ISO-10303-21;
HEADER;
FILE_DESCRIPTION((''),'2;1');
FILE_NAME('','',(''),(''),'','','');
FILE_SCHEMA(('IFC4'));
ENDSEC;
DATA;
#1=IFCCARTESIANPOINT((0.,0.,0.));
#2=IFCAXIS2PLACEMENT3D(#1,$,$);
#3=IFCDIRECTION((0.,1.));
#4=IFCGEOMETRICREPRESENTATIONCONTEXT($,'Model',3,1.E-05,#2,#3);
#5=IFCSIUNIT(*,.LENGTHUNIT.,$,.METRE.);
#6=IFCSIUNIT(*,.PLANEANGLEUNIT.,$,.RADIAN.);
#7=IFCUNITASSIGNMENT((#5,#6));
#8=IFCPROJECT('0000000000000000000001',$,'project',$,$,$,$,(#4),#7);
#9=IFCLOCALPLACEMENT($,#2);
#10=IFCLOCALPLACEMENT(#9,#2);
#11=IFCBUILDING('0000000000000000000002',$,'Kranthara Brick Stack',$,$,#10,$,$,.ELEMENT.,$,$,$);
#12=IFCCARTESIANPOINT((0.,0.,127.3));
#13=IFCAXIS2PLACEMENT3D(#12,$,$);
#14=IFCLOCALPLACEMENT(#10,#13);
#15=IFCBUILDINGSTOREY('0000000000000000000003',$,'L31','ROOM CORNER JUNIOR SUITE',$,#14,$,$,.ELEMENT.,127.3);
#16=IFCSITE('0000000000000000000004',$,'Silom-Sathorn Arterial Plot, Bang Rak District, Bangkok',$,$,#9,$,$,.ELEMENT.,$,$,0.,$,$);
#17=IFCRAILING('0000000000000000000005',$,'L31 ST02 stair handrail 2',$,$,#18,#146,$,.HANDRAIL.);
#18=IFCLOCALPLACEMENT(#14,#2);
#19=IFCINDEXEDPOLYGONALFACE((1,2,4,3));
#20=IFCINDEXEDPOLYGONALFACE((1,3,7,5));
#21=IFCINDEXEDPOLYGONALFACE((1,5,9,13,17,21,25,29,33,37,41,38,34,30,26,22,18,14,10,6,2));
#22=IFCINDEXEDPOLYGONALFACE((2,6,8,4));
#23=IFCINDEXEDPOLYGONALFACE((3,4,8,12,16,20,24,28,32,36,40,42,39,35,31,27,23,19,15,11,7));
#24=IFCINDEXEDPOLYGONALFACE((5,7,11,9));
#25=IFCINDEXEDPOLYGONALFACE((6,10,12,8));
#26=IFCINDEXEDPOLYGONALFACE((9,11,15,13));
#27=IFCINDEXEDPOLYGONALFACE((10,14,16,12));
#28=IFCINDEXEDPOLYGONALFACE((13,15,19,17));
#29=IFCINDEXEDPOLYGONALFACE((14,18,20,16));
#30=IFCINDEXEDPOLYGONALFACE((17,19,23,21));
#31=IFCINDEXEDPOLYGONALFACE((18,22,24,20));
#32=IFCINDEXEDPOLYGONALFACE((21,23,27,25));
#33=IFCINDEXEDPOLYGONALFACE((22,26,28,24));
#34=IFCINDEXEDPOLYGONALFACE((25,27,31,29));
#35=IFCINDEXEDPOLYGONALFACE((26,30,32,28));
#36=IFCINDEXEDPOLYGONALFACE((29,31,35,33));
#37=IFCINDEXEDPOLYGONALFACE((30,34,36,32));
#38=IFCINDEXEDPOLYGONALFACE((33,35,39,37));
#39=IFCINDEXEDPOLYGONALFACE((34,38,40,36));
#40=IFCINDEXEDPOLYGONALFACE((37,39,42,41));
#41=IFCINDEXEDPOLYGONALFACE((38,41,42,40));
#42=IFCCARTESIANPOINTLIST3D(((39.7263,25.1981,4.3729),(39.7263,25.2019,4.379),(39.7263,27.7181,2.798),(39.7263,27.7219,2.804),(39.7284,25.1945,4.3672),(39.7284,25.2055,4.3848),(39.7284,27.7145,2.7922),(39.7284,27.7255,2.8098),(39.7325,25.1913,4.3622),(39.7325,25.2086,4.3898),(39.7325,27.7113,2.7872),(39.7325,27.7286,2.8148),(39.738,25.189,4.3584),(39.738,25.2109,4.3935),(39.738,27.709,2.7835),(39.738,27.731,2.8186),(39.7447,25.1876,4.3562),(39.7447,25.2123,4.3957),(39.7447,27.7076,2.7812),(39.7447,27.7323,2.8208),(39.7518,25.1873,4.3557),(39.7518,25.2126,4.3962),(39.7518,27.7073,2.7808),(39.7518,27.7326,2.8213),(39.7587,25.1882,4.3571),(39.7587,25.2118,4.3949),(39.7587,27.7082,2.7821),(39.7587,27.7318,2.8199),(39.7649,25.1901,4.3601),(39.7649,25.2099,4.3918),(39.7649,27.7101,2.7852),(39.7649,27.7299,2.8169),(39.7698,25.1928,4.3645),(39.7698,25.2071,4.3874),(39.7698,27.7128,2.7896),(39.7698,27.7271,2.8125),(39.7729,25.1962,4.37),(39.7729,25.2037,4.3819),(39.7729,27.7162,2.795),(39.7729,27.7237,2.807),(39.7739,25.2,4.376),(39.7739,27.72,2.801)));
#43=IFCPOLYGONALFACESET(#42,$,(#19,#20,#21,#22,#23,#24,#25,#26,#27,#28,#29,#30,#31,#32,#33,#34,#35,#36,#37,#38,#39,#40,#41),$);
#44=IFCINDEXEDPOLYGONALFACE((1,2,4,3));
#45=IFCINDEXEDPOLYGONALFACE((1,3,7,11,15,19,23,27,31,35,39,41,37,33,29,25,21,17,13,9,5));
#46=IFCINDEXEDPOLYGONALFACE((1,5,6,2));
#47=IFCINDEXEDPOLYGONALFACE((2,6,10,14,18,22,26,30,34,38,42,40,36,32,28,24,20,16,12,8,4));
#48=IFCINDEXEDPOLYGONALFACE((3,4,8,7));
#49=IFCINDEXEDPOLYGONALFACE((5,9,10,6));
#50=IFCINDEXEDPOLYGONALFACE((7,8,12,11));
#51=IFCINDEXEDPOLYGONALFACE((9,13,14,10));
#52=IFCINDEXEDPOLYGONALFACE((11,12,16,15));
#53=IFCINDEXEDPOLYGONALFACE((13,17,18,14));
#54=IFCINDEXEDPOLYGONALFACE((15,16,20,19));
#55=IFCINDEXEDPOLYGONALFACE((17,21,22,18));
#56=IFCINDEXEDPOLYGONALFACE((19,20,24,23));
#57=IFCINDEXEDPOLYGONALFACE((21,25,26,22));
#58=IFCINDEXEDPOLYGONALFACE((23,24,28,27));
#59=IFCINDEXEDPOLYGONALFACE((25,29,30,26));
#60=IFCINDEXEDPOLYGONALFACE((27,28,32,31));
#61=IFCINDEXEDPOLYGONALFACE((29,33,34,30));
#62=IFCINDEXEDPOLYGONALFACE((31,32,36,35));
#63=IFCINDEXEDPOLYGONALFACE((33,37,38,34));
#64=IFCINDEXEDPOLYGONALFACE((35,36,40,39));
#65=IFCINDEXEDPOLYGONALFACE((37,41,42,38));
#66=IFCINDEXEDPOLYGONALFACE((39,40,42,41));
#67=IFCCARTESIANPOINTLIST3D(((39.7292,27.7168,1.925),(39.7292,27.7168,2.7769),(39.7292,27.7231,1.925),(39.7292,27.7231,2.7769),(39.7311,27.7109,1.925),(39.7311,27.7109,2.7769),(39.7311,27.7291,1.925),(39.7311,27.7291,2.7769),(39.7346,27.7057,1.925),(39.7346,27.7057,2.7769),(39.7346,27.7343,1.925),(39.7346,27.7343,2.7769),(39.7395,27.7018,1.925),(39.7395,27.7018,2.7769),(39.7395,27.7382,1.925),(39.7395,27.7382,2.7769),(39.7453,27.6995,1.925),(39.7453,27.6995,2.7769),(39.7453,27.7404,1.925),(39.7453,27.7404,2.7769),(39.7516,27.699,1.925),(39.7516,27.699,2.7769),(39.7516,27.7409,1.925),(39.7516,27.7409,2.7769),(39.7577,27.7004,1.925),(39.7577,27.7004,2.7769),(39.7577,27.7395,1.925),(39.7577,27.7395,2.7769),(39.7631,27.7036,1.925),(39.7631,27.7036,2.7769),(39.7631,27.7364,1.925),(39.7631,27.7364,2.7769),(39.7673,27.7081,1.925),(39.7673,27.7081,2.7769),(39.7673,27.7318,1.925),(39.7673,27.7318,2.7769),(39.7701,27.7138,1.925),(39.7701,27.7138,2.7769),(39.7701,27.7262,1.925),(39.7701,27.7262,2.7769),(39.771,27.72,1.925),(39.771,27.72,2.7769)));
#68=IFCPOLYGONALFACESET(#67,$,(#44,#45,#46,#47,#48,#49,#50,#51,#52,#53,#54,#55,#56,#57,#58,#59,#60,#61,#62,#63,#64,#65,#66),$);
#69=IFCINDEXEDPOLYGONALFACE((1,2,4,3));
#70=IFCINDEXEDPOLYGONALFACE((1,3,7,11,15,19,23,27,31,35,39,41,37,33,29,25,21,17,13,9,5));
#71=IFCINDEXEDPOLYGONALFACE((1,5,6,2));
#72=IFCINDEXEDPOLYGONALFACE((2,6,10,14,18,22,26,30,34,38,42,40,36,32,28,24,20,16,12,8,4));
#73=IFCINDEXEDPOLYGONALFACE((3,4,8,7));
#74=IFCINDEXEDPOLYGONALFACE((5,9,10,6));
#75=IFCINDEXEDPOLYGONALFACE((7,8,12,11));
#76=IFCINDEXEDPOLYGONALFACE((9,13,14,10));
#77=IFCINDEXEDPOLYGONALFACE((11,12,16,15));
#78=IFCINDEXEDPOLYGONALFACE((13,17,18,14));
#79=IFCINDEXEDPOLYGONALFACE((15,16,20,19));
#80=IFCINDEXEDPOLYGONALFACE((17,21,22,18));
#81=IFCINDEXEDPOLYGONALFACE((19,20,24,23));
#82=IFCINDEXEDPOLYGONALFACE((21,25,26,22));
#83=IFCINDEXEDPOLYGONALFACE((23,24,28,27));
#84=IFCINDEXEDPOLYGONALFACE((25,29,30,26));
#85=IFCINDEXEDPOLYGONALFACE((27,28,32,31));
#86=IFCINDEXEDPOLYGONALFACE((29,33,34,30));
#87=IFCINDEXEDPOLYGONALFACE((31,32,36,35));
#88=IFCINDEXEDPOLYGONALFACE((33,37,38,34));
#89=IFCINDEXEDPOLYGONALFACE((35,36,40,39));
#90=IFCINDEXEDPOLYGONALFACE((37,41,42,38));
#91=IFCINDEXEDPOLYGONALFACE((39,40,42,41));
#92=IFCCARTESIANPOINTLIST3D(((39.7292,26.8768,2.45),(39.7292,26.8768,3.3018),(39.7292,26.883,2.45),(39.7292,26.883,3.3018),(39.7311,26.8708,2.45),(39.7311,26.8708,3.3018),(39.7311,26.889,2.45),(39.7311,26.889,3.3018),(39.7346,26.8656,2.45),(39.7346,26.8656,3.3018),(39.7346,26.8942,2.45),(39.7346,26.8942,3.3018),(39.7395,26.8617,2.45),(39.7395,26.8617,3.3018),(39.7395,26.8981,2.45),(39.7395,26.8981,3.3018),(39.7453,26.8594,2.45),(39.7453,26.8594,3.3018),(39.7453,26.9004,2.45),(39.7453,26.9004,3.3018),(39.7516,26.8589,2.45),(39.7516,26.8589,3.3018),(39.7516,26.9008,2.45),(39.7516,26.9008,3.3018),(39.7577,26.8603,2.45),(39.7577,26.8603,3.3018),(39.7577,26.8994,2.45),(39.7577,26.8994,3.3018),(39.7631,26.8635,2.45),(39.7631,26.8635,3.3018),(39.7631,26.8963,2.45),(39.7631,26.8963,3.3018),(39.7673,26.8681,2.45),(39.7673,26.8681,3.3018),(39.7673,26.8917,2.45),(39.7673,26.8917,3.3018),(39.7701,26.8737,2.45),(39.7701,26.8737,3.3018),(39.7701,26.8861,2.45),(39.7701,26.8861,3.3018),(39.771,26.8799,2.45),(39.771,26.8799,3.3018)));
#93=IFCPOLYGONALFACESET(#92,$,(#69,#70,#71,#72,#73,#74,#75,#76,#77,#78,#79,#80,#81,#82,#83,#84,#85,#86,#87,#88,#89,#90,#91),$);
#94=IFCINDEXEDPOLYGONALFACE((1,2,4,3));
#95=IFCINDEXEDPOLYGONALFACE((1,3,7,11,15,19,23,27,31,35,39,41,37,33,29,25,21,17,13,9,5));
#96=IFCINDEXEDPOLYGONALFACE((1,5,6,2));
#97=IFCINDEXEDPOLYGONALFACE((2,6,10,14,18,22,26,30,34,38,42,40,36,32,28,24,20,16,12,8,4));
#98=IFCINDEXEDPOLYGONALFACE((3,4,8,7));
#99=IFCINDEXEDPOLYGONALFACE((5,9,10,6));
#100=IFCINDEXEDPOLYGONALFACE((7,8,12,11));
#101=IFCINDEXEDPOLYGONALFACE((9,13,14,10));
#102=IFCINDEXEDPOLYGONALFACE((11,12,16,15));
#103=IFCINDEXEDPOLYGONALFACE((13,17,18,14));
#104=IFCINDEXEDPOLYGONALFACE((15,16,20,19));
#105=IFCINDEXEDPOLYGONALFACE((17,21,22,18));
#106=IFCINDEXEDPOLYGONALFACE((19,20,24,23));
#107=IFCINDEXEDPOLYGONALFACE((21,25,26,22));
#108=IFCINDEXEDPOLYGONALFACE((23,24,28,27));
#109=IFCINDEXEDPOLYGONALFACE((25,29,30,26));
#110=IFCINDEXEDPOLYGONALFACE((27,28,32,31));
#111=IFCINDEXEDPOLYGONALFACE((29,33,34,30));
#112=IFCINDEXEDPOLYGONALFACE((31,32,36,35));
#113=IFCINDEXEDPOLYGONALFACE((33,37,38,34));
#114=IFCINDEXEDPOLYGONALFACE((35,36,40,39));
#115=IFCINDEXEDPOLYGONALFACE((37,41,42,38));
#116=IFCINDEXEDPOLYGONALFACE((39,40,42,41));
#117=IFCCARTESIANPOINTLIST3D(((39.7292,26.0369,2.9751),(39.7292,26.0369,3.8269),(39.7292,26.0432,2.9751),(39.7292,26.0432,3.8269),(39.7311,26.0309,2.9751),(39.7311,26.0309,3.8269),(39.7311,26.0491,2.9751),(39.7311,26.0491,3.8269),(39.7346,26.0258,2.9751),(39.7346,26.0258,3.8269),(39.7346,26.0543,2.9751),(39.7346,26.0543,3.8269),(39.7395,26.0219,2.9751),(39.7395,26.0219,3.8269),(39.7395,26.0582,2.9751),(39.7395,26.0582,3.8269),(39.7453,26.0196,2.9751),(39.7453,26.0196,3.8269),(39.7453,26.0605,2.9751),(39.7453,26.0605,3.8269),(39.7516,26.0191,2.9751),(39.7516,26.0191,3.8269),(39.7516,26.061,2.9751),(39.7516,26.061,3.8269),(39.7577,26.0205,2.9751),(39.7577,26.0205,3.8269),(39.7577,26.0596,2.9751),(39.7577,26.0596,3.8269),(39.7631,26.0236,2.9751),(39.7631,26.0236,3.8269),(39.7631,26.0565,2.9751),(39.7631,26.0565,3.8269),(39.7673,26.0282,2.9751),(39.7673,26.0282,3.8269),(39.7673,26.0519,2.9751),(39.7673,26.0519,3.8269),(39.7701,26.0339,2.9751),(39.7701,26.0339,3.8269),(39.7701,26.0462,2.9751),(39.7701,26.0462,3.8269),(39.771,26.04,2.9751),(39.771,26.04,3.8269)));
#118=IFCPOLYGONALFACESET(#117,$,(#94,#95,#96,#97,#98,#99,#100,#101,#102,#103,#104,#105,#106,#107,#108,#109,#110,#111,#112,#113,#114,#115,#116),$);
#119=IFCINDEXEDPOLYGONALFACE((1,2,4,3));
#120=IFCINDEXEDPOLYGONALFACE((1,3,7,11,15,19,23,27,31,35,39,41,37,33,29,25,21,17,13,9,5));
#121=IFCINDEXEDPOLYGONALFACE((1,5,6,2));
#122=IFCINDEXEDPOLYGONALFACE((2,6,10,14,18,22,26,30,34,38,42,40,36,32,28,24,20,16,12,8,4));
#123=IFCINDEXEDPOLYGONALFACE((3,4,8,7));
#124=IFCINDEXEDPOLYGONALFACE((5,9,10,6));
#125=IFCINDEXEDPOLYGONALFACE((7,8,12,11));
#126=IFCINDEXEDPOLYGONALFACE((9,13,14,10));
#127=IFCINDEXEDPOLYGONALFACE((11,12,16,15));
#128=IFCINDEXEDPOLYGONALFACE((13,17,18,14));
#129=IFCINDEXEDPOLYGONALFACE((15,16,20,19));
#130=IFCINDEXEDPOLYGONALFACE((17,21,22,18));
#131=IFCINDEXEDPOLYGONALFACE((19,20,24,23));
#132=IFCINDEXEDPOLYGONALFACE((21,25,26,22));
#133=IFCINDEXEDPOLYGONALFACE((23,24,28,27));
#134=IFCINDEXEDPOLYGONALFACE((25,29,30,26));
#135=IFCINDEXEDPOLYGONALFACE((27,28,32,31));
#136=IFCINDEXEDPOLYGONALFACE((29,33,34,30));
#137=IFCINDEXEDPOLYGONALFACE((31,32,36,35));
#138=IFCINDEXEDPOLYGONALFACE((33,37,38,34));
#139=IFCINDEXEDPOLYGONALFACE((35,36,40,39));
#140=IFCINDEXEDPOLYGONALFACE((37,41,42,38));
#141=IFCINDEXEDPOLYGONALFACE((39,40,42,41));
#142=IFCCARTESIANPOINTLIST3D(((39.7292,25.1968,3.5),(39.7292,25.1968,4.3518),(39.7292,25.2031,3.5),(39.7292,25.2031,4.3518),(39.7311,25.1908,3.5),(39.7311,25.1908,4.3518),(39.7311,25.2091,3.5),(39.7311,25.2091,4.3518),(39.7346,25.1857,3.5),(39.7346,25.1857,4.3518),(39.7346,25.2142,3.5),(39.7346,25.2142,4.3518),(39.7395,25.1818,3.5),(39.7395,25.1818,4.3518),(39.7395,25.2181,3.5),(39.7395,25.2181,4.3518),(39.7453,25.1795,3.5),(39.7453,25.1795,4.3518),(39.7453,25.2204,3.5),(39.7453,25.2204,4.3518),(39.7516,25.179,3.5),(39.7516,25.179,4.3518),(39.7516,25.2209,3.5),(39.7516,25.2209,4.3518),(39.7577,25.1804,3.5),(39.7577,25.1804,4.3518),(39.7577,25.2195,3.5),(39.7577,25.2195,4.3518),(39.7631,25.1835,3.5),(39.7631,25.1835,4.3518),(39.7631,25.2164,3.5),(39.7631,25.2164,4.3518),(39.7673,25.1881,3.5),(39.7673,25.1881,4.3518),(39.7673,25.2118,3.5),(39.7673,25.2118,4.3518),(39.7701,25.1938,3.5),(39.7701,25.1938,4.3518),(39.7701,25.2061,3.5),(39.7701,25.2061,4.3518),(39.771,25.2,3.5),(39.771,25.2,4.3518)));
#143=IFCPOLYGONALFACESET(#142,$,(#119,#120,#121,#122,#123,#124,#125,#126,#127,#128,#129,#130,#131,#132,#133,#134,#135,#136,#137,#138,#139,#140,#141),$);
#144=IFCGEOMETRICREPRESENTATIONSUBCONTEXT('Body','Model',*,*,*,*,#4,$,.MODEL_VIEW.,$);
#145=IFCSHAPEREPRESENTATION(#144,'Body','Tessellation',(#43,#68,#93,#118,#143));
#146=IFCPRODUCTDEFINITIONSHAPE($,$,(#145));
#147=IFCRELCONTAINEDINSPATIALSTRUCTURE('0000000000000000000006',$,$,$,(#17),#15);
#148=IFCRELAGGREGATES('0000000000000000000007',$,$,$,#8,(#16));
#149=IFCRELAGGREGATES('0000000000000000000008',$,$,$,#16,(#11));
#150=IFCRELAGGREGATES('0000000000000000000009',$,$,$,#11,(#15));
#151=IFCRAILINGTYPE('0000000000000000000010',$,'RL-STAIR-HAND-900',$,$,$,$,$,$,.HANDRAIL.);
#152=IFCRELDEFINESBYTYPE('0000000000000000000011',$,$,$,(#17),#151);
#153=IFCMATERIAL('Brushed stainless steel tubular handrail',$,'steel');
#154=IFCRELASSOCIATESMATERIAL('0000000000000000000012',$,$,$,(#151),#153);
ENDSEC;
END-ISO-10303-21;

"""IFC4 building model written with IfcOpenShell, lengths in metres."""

from ifc_helpers import new_model, si_unit, direction, frame, origin, origin_2d, place, context, subcontext, project, spatial, circle, extrude, material, type_object, element, save


model = new_model("IFC4")

# Units and contexts
model_context = context("Model", 3, precision=1e-05, world=origin(), true_north=direction((0.0, 1.0)))
body_context = subcontext(model_context, "Body", "Model", "MODEL_VIEW")
ifc_project = project(units=[si_unit("LENGTHUNIT", "METRE"), si_unit("PLANEANGLEUNIT", "RADIAN")], contexts=[model_context])

# Site, building, storey
site_placement = place(None, origin())
site = spatial("IfcSite", under=ifc_project, at=site_placement, Name="Silom-Sathorn Arterial Plot, Bang Rak District, Bangkok", CompositionType="ELEMENT", RefElevation=0.0)
building_placement = place(site_placement, origin())
building = spatial("IfcBuilding", under=site, at=building_placement, Name="Kranthara Brick Stack", CompositionType="ELEMENT")
storey_placement = place(building_placement, frame((0.0, 0.0, 127.3)))
storey = spatial("IfcBuildingStorey", under=building, at=storey_placement, Name="L31", Description="ROOM CORNER JUNIOR SUITE", CompositionType="ELEMENT", Elevation=127.3)

# Railing
ifc_material_1 = material(Name="Brushed stainless steel tubular handrail", Category="steel")
railing_type_1 = type_object("IfcRailingType", Name="RL-STAIR-HAND-900", PredefinedType="HANDRAIL", material=ifc_material_1)
railing_1_placement = place(storey_placement, frame((39.75, 27.72, 1.925)))
element("IfcRailing", 1, at=railing_1_placement, inside=storey, type_object=railing_type_1, Name="L31 ST02 stair handrail 2", PredefinedType="HANDRAIL", context=body_context, shape_type="SweptSolid", body=[
    extrude(circle(Radius=0.0239, at=origin_2d()), frame((0.0, 0.0, 0.876), z_axis=(0.0, -0.848008, 0.529984), x_axis=(1.0, 0.0, 0.0)), (0.0, 0.0, 1.0), 2.9717),
    extrude(circle(Radius=0.021, at=origin_2d()), origin(), (0.0, 0.0, 1.0), 0.8518),
    extrude(circle(Radius=0.021, at=origin_2d()), frame((0.0, -0.8401, 0.5249)), (0.0, 0.0, 1.0), 0.8518),
    extrude(circle(Radius=0.021, at=origin_2d()), frame((0.0, -1.6799, 1.05)), (0.0, 0.0, 1.0), 0.8518),
    extrude(circle(Radius=0.021, at=origin_2d()), frame((0.0, -2.52, 1.575)), (0.0, 0.0, 1.0), 0.8518),
])

save(model, "model.ifc")
